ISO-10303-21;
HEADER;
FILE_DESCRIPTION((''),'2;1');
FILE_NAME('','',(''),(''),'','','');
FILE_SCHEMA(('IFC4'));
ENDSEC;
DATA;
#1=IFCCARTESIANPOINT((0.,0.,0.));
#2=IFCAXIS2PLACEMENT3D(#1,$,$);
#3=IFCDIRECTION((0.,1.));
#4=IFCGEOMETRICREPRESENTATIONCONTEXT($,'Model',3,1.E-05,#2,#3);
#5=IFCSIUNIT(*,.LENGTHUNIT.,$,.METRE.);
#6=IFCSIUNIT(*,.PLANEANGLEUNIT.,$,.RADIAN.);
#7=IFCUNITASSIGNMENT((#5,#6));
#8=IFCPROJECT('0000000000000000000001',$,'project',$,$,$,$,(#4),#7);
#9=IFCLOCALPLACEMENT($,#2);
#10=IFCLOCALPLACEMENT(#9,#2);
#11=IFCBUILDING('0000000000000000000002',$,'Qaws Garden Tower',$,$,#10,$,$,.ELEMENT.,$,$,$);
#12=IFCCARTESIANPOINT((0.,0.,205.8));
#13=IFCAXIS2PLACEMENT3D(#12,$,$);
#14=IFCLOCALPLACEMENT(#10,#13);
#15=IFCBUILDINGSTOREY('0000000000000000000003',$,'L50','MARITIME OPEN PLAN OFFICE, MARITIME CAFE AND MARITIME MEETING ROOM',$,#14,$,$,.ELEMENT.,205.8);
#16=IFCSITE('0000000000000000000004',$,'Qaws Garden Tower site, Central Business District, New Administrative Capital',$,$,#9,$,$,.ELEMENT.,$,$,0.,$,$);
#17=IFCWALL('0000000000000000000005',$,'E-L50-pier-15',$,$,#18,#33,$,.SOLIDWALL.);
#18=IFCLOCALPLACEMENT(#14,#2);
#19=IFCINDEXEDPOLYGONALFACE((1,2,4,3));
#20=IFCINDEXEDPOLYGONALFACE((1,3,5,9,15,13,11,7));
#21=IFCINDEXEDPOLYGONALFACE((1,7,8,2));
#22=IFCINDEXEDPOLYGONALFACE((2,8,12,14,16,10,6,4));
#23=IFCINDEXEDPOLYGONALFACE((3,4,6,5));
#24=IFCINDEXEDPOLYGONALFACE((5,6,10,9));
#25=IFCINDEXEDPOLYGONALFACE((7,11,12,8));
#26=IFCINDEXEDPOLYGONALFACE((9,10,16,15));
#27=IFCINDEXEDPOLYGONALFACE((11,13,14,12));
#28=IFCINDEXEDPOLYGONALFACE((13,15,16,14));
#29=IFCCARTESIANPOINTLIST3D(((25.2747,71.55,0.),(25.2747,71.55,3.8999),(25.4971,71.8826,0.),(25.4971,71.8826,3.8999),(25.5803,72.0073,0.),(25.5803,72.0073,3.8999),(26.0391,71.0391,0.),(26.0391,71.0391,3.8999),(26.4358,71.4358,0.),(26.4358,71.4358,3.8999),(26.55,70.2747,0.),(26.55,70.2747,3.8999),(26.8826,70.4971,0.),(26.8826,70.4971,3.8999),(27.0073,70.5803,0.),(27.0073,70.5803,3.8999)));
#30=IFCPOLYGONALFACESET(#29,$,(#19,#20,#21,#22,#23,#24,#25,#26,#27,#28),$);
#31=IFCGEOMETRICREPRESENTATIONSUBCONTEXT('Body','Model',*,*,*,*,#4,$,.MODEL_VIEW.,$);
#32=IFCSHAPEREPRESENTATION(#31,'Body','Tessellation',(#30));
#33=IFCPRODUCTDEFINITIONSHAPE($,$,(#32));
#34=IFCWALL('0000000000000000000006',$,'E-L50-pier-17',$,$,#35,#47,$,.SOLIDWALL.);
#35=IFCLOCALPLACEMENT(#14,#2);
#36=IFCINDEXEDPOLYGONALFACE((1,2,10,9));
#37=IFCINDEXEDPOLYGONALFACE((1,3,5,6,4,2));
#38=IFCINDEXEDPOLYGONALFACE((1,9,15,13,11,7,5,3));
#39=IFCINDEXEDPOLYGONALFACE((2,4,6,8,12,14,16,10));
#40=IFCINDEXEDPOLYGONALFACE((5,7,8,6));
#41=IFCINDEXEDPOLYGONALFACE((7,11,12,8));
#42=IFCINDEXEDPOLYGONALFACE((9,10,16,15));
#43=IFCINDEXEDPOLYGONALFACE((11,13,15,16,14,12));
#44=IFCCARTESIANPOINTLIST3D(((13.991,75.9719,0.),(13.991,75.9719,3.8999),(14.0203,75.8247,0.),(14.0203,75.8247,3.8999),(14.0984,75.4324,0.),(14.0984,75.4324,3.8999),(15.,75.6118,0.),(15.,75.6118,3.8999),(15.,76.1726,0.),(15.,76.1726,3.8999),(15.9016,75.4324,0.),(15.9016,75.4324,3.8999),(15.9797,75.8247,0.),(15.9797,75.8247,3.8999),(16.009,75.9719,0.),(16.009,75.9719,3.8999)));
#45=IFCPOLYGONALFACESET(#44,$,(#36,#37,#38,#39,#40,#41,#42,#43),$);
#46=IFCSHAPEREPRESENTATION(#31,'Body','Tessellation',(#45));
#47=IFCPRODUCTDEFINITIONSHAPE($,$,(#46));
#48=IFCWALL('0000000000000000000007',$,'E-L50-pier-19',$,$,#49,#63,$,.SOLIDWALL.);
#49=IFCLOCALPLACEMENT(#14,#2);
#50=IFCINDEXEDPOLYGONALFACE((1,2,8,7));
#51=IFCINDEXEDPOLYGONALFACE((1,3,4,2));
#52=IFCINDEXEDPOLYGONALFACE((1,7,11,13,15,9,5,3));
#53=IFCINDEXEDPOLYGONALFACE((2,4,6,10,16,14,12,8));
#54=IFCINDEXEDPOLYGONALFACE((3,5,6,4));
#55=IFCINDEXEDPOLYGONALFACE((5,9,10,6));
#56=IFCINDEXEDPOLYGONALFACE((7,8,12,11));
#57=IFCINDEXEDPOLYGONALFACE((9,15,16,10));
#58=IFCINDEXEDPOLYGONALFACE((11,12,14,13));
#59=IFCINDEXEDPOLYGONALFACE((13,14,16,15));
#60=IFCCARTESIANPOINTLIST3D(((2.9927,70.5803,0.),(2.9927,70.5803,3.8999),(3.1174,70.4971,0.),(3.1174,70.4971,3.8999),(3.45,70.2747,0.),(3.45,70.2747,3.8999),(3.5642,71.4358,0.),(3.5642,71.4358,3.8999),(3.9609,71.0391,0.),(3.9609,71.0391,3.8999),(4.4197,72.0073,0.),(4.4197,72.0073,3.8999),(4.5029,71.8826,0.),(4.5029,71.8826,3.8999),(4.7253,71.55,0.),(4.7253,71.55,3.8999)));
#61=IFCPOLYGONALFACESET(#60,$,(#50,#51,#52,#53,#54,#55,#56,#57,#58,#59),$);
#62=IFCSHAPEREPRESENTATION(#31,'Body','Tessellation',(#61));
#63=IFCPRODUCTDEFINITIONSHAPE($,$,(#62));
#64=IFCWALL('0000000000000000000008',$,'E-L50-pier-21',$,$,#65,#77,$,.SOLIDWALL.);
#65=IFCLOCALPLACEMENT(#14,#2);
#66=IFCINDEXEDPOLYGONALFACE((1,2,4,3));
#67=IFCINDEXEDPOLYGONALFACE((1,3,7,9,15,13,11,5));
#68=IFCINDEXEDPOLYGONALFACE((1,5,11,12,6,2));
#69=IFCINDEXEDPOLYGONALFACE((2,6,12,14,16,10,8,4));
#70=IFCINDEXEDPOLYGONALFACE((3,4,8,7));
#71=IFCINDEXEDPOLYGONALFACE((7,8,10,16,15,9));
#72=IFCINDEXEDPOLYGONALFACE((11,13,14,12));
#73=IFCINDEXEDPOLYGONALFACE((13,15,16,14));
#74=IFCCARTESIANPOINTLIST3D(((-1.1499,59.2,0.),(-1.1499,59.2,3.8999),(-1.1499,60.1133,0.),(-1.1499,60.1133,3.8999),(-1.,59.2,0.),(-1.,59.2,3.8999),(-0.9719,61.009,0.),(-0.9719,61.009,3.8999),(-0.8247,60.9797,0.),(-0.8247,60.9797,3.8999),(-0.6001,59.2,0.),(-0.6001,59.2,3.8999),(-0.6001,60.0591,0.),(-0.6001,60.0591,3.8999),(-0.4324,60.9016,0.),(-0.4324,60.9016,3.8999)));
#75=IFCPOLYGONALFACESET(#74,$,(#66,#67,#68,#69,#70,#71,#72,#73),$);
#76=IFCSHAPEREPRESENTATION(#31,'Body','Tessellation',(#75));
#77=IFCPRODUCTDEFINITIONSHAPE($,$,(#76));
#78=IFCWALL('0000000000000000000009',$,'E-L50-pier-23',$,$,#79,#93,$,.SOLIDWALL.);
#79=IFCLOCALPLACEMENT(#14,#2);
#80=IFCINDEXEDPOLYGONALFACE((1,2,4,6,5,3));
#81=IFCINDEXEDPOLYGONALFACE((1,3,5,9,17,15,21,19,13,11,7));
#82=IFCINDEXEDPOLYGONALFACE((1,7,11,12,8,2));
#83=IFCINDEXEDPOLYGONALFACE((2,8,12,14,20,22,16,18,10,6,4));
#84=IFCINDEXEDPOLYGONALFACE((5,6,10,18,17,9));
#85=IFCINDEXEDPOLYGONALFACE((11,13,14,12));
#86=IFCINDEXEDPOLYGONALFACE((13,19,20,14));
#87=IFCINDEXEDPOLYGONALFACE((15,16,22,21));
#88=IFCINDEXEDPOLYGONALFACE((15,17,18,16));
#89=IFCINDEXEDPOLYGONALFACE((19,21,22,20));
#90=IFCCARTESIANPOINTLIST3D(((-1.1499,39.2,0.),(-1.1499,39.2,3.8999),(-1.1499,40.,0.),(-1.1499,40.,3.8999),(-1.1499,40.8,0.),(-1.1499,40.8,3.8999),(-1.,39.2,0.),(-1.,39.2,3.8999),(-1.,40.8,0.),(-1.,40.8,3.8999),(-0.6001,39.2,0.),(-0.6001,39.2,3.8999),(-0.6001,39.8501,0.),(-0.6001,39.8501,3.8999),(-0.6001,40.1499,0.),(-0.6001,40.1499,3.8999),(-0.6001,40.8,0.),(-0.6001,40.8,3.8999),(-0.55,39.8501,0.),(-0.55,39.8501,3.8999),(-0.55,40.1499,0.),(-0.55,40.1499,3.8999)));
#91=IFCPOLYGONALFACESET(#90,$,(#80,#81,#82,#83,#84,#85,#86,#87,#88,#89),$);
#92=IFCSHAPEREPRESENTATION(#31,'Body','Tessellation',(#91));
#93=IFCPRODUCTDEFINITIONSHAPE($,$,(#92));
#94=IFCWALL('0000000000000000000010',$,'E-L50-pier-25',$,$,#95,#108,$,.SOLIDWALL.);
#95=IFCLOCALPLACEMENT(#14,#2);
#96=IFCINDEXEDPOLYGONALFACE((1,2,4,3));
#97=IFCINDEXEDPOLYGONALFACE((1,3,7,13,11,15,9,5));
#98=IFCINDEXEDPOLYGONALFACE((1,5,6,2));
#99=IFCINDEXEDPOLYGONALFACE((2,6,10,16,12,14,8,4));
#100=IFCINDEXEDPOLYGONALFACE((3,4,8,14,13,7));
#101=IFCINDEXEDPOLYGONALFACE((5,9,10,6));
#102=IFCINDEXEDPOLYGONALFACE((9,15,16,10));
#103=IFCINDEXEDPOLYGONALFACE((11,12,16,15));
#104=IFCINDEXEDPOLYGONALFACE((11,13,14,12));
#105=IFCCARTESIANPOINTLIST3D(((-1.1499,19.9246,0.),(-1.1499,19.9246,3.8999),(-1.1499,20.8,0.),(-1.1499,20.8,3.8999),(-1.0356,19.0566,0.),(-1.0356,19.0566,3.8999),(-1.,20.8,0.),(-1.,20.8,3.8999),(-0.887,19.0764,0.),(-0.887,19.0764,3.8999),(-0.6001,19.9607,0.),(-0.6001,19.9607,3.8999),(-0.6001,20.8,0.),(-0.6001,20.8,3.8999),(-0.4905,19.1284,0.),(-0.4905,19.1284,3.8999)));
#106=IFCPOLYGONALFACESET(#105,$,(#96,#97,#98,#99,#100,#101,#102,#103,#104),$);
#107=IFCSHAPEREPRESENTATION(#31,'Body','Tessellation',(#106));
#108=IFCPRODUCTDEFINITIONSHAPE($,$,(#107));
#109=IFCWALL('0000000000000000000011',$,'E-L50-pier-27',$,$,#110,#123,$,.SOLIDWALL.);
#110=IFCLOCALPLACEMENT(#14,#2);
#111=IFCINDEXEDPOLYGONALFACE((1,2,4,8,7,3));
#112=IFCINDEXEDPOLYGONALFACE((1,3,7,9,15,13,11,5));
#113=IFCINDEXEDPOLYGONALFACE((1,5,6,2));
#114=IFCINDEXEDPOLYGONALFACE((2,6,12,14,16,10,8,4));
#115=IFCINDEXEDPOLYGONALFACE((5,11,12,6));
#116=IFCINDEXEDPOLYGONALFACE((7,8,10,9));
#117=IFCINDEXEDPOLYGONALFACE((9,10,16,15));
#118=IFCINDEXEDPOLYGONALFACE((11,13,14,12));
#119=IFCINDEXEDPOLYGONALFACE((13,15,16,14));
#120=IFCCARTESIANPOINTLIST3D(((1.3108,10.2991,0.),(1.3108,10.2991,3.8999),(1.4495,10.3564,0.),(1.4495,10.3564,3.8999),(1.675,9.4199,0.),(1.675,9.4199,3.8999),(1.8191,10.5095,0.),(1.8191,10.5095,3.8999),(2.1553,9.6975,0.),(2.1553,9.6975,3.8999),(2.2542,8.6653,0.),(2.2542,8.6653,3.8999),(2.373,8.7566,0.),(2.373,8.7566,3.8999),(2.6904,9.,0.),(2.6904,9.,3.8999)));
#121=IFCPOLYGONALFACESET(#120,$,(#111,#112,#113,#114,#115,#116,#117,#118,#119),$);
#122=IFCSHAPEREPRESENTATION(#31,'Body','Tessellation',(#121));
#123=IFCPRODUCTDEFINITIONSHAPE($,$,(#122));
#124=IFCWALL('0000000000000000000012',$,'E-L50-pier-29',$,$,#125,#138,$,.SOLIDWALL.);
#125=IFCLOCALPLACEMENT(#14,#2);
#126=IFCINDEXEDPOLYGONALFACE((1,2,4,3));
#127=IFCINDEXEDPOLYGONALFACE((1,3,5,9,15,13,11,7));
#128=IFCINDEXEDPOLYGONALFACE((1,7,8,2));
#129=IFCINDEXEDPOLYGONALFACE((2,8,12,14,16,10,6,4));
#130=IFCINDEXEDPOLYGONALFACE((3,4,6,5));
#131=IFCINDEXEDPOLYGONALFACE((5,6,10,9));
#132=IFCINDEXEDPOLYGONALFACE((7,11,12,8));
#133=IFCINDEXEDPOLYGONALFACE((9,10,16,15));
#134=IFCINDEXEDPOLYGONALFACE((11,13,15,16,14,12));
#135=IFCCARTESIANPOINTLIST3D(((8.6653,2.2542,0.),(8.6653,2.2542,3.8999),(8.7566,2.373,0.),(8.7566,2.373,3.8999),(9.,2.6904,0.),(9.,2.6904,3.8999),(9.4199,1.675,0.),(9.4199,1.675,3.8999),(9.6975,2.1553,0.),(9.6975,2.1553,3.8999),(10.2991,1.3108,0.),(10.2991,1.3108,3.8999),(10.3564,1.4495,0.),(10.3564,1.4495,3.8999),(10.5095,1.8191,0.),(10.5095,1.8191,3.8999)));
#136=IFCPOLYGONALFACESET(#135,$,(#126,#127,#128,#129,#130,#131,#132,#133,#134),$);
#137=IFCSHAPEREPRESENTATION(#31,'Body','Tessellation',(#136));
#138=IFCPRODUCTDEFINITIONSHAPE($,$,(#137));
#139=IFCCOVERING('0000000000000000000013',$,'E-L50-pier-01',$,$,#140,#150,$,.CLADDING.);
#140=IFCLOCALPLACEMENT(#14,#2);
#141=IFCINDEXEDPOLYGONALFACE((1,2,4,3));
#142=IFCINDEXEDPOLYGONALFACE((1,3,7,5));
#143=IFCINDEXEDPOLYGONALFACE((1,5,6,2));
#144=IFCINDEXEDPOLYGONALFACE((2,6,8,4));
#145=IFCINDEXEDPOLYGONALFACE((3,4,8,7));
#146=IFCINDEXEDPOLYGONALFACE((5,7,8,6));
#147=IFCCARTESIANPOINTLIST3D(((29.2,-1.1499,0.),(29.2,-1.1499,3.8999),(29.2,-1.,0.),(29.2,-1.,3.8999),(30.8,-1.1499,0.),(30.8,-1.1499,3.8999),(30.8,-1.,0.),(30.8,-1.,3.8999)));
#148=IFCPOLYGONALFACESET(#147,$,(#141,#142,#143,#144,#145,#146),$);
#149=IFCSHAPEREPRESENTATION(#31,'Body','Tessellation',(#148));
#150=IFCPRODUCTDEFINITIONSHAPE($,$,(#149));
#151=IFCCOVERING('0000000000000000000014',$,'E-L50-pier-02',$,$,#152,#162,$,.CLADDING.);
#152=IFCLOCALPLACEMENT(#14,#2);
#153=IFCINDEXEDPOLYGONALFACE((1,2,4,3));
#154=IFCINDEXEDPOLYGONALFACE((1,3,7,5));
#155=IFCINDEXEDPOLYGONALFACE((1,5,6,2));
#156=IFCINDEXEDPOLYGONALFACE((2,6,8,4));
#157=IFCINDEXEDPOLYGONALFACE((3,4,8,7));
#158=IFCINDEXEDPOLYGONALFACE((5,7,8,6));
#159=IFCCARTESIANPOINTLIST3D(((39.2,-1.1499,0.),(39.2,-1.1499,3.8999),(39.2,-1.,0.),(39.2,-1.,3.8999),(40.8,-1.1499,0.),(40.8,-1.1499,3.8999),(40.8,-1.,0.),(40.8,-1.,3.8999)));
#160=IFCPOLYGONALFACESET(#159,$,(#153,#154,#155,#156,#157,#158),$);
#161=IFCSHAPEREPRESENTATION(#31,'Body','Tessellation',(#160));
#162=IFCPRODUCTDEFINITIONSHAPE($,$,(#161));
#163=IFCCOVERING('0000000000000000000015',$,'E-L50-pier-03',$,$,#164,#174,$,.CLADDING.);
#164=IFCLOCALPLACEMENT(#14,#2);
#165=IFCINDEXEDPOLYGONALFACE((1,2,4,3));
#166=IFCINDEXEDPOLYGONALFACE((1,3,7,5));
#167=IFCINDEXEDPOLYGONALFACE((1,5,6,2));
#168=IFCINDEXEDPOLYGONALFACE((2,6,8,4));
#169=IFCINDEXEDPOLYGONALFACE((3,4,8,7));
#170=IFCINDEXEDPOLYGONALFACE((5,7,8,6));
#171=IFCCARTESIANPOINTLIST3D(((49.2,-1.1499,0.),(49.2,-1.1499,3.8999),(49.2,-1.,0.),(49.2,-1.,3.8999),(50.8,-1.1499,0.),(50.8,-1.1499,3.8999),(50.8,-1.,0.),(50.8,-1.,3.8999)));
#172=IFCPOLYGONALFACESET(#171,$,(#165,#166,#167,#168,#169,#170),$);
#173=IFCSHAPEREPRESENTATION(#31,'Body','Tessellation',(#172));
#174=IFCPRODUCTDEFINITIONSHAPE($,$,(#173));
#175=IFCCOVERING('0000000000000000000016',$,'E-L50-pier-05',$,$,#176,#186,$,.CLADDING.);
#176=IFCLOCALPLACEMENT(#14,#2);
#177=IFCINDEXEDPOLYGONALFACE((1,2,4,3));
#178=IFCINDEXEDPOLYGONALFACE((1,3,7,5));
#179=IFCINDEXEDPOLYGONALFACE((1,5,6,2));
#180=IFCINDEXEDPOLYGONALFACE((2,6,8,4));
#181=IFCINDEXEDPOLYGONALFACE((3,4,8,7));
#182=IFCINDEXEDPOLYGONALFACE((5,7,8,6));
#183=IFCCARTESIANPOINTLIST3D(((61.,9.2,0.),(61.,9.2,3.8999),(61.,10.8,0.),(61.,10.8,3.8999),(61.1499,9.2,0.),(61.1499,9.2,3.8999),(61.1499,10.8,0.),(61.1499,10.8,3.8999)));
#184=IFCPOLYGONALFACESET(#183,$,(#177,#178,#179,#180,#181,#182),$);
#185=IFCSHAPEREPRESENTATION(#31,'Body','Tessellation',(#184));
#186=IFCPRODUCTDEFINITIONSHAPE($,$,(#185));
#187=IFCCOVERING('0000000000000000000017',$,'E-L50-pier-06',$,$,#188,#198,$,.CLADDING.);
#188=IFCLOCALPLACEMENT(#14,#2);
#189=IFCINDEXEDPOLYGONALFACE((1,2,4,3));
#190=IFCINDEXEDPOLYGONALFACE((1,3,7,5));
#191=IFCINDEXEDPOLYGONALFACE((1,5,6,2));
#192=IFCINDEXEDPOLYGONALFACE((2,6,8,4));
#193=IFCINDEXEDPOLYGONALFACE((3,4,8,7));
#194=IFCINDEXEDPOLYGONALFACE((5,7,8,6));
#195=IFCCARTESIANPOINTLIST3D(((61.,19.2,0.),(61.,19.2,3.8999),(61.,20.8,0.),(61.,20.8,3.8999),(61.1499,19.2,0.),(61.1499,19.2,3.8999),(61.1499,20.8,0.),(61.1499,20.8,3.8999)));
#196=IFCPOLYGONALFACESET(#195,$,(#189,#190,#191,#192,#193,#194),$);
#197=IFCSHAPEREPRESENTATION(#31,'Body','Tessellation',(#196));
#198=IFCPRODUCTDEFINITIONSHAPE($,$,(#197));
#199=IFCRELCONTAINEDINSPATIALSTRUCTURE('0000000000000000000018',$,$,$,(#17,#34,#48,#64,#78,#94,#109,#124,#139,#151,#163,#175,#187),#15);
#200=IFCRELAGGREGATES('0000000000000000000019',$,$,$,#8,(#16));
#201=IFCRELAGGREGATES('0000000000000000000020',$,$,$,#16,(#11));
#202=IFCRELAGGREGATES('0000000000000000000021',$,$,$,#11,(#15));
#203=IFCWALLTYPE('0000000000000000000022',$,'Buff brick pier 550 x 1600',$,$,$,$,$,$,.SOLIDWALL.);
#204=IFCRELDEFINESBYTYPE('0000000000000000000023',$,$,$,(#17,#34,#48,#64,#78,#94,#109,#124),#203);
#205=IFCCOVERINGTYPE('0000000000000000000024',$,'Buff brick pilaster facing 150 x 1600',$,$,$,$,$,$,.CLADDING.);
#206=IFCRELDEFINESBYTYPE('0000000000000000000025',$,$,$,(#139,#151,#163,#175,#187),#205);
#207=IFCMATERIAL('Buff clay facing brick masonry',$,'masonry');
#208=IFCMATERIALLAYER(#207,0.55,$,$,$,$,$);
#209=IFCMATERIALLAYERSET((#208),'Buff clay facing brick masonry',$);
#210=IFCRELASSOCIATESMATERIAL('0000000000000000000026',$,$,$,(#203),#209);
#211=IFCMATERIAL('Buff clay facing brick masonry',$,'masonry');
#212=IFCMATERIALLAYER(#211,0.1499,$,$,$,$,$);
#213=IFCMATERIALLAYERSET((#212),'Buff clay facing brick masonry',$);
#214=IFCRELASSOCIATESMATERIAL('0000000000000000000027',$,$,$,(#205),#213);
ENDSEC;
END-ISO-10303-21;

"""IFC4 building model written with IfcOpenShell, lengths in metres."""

from ifc_helpers import new_model, si_unit, direction, frame, origin, place, context, subcontext, project, spatial, polyline, outline, extrude, material, layer, layer_set, type_object, element, save


model = new_model("IFC4")

# Units and contexts
model_context = context("Model", 3, precision=1e-05, world=origin(), true_north=direction((0.0, 1.0)))
body_context = subcontext(model_context, "Body", "Model", "MODEL_VIEW")
ifc_project = project(units=[si_unit("LENGTHUNIT", "METRE"), si_unit("PLANEANGLEUNIT", "RADIAN")], contexts=[model_context])

# Site, building, storey
site_placement = place(None, origin())
site = spatial("IfcSite", under=ifc_project, at=site_placement, Name="Qaws Garden Tower site, Central Business District, New Administrative Capital", CompositionType="ELEMENT", RefElevation=0.0)
building_placement = place(site_placement, origin())
building = spatial("IfcBuilding", under=site, at=building_placement, Name="Qaws Garden Tower", CompositionType="ELEMENT")
storey_placement = place(building_placement, frame((0.0, 0.0, 205.8)))
storey = spatial("IfcBuildingStorey", under=building, at=storey_placement, Name="L50", Description="MARITIME OPEN PLAN OFFICE, MARITIME CAFE AND MARITIME MEETING ROOM", CompositionType="ELEMENT", Elevation=205.8)

# Walls
placement = place(storey_placement, origin())
ifc_material_1 = material(Name="Buff clay facing brick masonry", Category="masonry")
ifc_layer_1 = layer(ifc_material_1, 0.55)
ifc_layer_set_1 = layer_set([ifc_layer_1], Name="Buff clay facing brick masonry")
wall_type_1 = type_object("IfcWallType", Name="Buff brick pier 550 x 1600", PredefinedType="SOLIDWALL", material=ifc_layer_set_1)
element("IfcWall", 1, at=placement, inside=storey, type_object=wall_type_1, Name="E-L50-pier-15", PredefinedType="SOLIDWALL", context=body_context, shape_type="SweptSolid", body=[
    extrude(outline(polyline([(26.8826, 70.4971), (27.0073, 70.5803), (26.4358, 71.4358), (25.5803, 72.0073), (25.4971, 71.8826), (25.2747, 71.55), (26.0391, 71.0391), (26.55, 70.2747), (26.8826, 70.4971)])), origin(), (0.0, 0.0, 1.0), 3.8999),
])
element("IfcWall", 2, at=placement, inside=storey, type_object=wall_type_1, Name="E-L50-pier-17", PredefinedType="SOLIDWALL", context=body_context, shape_type="SweptSolid", body=[
    extrude(outline(polyline([(15.9797, 75.8247), (16.009, 75.9719), (15.0, 76.1726), (13.991, 75.9719), (14.0203, 75.8247), (14.0984, 75.4324), (15.0, 75.6118), (15.9016, 75.4324), (15.9797, 75.8247)])), origin(), (0.0, 0.0, 1.0), 3.8999),
])
element("IfcWall", 3, at=placement, inside=storey, type_object=wall_type_1, Name="E-L50-pier-19", PredefinedType="SOLIDWALL", context=body_context, shape_type="SweptSolid", body=[
    extrude(outline(polyline([(4.5029, 71.8826), (4.4197, 72.0073), (3.5642, 71.4358), (2.9927, 70.5803), (3.1174, 70.4971), (3.45, 70.2747), (3.9609, 71.0391), (4.7253, 71.55), (4.5029, 71.8826)])), origin(), (0.0, 0.0, 1.0), 3.8999),
])
element("IfcWall", 4, at=placement, inside=storey, type_object=wall_type_1, Name="E-L50-pier-21", PredefinedType="SOLIDWALL", context=body_context, shape_type="SweptSolid", body=[
    extrude(outline(polyline([(-0.8247, 60.9797), (-0.9719, 61.009), (-1.1499, 60.1133), (-1.1499, 59.2), (-1.0, 59.2), (-0.6001, 59.2), (-0.6001, 60.0591), (-0.4324, 60.9016), (-0.8247, 60.9797)])), origin(), (0.0, 0.0, 1.0), 3.8999),
])
element("IfcWall", 5, at=placement, inside=storey, type_object=wall_type_1, Name="E-L50-pier-23", PredefinedType="SOLIDWALL", context=body_context, shape_type="SweptSolid", body=[
    extrude(outline(polyline([(-0.6001, 39.2), (-0.6001, 39.8501), (-0.55, 39.8501), (-0.55, 40.1499), (-0.6001, 40.1499), (-0.6001, 40.8), (-1.0, 40.8), (-1.1499, 40.8), (-1.1499, 40.0), (-1.1499, 39.2), (-1.0, 39.2), (-0.6001, 39.2)])), origin(), (0.0, 0.0, 1.0), 3.8999),
])
element("IfcWall", 6, at=placement, inside=storey, type_object=wall_type_1, Name="E-L50-pier-25", PredefinedType="SOLIDWALL", context=body_context, shape_type="SweptSolid", body=[
    extrude(outline(polyline([(-1.0, 20.8), (-1.1499, 20.8), (-1.1499, 19.9246), (-1.0356, 19.0566), (-0.887, 19.0764), (-0.4905, 19.1284), (-0.6001, 19.9607), (-0.6001, 20.8), (-1.0, 20.8)])), origin(), (0.0, 0.0, 1.0), 3.8999),
])
element("IfcWall", 7, at=placement, inside=storey, type_object=wall_type_1, Name="E-L50-pier-27", PredefinedType="SOLIDWALL", context=body_context, shape_type="SweptSolid", body=[
    extrude(outline(polyline([(1.4495, 10.3564), (1.3108, 10.2991), (1.675, 9.4199), (2.2542, 8.6653), (2.373, 8.7566), (2.6904, 9.0), (2.1553, 9.6975), (1.8191, 10.5095), (1.4495, 10.3564)])), origin(), (0.0, 0.0, 1.0), 3.8999),
])
element("IfcWall", 8, at=placement, inside=storey, type_object=wall_type_1, Name="E-L50-pier-29", PredefinedType="SOLIDWALL", context=body_context, shape_type="SweptSolid", body=[
    extrude(outline(polyline([(8.7566, 2.373), (8.6653, 2.2542), (9.4199, 1.675), (10.2991, 1.3108), (10.3564, 1.4495), (10.5095, 1.8191), (9.6975, 2.1553), (9.0, 2.6904), (8.7566, 2.373)])), origin(), (0.0, 0.0, 1.0), 3.8999),
])

# Coverings
ifc_material_2 = material(Name="Buff clay facing brick masonry", Category="masonry")
ifc_layer_2 = layer(ifc_material_2, 0.1499)
ifc_layer_set_2 = layer_set([ifc_layer_2], Name="Buff clay facing brick masonry")
covering_type = type_object("IfcCoveringType", Name="Buff brick pilaster facing 150 x 1600", PredefinedType="CLADDING", material=ifc_layer_set_2)
element("IfcCovering", 9, at=placement, inside=storey, type_object=covering_type, Name="E-L50-pier-01", PredefinedType="CLADDING", context=body_context, shape_type="SweptSolid", body=[
    extrude(outline(polyline([(29.2, -1.0), (30.8, -1.0), (30.8, -1.1499), (29.2, -1.1499), (29.2, -1.0)])), origin(), (0.0, 0.0, 1.0), 3.8999),
])
element("IfcCovering", 10, at=placement, inside=storey, type_object=covering_type, Name="E-L50-pier-02", PredefinedType="CLADDING", context=body_context, shape_type="SweptSolid", body=[
    extrude(outline(polyline([(39.2, -1.0), (40.8, -1.0), (40.8, -1.1499), (39.2, -1.1499), (39.2, -1.0)])), origin(), (0.0, 0.0, 1.0), 3.8999),
])
element("IfcCovering", 11, at=placement, inside=storey, type_object=covering_type, Name="E-L50-pier-03", PredefinedType="CLADDING", context=body_context, shape_type="SweptSolid", body=[
    extrude(outline(polyline([(49.2, -1.0), (50.8, -1.0), (50.8, -1.1499), (49.2, -1.1499), (49.2, -1.0)])), origin(), (0.0, 0.0, 1.0), 3.8999),
])
element("IfcCovering", 12, at=placement, inside=storey, type_object=covering_type, Name="E-L50-pier-05", PredefinedType="CLADDING", context=body_context, shape_type="SweptSolid", body=[
    extrude(outline(polyline([(61.0, 9.2), (61.0, 10.8), (61.1499, 10.8), (61.1499, 9.2), (61.0, 9.2)])), origin(), (0.0, 0.0, 1.0), 3.8999),
])
element("IfcCovering", 13, at=placement, inside=storey, type_object=covering_type, Name="E-L50-pier-06", PredefinedType="CLADDING", context=body_context, shape_type="SweptSolid", body=[
    extrude(outline(polyline([(61.0, 19.2), (61.0, 20.8), (61.1499, 20.8), (61.1499, 19.2), (61.0, 19.2)])), origin(), (0.0, 0.0, 1.0), 3.8999),
])

save(model, "model.ifc")
